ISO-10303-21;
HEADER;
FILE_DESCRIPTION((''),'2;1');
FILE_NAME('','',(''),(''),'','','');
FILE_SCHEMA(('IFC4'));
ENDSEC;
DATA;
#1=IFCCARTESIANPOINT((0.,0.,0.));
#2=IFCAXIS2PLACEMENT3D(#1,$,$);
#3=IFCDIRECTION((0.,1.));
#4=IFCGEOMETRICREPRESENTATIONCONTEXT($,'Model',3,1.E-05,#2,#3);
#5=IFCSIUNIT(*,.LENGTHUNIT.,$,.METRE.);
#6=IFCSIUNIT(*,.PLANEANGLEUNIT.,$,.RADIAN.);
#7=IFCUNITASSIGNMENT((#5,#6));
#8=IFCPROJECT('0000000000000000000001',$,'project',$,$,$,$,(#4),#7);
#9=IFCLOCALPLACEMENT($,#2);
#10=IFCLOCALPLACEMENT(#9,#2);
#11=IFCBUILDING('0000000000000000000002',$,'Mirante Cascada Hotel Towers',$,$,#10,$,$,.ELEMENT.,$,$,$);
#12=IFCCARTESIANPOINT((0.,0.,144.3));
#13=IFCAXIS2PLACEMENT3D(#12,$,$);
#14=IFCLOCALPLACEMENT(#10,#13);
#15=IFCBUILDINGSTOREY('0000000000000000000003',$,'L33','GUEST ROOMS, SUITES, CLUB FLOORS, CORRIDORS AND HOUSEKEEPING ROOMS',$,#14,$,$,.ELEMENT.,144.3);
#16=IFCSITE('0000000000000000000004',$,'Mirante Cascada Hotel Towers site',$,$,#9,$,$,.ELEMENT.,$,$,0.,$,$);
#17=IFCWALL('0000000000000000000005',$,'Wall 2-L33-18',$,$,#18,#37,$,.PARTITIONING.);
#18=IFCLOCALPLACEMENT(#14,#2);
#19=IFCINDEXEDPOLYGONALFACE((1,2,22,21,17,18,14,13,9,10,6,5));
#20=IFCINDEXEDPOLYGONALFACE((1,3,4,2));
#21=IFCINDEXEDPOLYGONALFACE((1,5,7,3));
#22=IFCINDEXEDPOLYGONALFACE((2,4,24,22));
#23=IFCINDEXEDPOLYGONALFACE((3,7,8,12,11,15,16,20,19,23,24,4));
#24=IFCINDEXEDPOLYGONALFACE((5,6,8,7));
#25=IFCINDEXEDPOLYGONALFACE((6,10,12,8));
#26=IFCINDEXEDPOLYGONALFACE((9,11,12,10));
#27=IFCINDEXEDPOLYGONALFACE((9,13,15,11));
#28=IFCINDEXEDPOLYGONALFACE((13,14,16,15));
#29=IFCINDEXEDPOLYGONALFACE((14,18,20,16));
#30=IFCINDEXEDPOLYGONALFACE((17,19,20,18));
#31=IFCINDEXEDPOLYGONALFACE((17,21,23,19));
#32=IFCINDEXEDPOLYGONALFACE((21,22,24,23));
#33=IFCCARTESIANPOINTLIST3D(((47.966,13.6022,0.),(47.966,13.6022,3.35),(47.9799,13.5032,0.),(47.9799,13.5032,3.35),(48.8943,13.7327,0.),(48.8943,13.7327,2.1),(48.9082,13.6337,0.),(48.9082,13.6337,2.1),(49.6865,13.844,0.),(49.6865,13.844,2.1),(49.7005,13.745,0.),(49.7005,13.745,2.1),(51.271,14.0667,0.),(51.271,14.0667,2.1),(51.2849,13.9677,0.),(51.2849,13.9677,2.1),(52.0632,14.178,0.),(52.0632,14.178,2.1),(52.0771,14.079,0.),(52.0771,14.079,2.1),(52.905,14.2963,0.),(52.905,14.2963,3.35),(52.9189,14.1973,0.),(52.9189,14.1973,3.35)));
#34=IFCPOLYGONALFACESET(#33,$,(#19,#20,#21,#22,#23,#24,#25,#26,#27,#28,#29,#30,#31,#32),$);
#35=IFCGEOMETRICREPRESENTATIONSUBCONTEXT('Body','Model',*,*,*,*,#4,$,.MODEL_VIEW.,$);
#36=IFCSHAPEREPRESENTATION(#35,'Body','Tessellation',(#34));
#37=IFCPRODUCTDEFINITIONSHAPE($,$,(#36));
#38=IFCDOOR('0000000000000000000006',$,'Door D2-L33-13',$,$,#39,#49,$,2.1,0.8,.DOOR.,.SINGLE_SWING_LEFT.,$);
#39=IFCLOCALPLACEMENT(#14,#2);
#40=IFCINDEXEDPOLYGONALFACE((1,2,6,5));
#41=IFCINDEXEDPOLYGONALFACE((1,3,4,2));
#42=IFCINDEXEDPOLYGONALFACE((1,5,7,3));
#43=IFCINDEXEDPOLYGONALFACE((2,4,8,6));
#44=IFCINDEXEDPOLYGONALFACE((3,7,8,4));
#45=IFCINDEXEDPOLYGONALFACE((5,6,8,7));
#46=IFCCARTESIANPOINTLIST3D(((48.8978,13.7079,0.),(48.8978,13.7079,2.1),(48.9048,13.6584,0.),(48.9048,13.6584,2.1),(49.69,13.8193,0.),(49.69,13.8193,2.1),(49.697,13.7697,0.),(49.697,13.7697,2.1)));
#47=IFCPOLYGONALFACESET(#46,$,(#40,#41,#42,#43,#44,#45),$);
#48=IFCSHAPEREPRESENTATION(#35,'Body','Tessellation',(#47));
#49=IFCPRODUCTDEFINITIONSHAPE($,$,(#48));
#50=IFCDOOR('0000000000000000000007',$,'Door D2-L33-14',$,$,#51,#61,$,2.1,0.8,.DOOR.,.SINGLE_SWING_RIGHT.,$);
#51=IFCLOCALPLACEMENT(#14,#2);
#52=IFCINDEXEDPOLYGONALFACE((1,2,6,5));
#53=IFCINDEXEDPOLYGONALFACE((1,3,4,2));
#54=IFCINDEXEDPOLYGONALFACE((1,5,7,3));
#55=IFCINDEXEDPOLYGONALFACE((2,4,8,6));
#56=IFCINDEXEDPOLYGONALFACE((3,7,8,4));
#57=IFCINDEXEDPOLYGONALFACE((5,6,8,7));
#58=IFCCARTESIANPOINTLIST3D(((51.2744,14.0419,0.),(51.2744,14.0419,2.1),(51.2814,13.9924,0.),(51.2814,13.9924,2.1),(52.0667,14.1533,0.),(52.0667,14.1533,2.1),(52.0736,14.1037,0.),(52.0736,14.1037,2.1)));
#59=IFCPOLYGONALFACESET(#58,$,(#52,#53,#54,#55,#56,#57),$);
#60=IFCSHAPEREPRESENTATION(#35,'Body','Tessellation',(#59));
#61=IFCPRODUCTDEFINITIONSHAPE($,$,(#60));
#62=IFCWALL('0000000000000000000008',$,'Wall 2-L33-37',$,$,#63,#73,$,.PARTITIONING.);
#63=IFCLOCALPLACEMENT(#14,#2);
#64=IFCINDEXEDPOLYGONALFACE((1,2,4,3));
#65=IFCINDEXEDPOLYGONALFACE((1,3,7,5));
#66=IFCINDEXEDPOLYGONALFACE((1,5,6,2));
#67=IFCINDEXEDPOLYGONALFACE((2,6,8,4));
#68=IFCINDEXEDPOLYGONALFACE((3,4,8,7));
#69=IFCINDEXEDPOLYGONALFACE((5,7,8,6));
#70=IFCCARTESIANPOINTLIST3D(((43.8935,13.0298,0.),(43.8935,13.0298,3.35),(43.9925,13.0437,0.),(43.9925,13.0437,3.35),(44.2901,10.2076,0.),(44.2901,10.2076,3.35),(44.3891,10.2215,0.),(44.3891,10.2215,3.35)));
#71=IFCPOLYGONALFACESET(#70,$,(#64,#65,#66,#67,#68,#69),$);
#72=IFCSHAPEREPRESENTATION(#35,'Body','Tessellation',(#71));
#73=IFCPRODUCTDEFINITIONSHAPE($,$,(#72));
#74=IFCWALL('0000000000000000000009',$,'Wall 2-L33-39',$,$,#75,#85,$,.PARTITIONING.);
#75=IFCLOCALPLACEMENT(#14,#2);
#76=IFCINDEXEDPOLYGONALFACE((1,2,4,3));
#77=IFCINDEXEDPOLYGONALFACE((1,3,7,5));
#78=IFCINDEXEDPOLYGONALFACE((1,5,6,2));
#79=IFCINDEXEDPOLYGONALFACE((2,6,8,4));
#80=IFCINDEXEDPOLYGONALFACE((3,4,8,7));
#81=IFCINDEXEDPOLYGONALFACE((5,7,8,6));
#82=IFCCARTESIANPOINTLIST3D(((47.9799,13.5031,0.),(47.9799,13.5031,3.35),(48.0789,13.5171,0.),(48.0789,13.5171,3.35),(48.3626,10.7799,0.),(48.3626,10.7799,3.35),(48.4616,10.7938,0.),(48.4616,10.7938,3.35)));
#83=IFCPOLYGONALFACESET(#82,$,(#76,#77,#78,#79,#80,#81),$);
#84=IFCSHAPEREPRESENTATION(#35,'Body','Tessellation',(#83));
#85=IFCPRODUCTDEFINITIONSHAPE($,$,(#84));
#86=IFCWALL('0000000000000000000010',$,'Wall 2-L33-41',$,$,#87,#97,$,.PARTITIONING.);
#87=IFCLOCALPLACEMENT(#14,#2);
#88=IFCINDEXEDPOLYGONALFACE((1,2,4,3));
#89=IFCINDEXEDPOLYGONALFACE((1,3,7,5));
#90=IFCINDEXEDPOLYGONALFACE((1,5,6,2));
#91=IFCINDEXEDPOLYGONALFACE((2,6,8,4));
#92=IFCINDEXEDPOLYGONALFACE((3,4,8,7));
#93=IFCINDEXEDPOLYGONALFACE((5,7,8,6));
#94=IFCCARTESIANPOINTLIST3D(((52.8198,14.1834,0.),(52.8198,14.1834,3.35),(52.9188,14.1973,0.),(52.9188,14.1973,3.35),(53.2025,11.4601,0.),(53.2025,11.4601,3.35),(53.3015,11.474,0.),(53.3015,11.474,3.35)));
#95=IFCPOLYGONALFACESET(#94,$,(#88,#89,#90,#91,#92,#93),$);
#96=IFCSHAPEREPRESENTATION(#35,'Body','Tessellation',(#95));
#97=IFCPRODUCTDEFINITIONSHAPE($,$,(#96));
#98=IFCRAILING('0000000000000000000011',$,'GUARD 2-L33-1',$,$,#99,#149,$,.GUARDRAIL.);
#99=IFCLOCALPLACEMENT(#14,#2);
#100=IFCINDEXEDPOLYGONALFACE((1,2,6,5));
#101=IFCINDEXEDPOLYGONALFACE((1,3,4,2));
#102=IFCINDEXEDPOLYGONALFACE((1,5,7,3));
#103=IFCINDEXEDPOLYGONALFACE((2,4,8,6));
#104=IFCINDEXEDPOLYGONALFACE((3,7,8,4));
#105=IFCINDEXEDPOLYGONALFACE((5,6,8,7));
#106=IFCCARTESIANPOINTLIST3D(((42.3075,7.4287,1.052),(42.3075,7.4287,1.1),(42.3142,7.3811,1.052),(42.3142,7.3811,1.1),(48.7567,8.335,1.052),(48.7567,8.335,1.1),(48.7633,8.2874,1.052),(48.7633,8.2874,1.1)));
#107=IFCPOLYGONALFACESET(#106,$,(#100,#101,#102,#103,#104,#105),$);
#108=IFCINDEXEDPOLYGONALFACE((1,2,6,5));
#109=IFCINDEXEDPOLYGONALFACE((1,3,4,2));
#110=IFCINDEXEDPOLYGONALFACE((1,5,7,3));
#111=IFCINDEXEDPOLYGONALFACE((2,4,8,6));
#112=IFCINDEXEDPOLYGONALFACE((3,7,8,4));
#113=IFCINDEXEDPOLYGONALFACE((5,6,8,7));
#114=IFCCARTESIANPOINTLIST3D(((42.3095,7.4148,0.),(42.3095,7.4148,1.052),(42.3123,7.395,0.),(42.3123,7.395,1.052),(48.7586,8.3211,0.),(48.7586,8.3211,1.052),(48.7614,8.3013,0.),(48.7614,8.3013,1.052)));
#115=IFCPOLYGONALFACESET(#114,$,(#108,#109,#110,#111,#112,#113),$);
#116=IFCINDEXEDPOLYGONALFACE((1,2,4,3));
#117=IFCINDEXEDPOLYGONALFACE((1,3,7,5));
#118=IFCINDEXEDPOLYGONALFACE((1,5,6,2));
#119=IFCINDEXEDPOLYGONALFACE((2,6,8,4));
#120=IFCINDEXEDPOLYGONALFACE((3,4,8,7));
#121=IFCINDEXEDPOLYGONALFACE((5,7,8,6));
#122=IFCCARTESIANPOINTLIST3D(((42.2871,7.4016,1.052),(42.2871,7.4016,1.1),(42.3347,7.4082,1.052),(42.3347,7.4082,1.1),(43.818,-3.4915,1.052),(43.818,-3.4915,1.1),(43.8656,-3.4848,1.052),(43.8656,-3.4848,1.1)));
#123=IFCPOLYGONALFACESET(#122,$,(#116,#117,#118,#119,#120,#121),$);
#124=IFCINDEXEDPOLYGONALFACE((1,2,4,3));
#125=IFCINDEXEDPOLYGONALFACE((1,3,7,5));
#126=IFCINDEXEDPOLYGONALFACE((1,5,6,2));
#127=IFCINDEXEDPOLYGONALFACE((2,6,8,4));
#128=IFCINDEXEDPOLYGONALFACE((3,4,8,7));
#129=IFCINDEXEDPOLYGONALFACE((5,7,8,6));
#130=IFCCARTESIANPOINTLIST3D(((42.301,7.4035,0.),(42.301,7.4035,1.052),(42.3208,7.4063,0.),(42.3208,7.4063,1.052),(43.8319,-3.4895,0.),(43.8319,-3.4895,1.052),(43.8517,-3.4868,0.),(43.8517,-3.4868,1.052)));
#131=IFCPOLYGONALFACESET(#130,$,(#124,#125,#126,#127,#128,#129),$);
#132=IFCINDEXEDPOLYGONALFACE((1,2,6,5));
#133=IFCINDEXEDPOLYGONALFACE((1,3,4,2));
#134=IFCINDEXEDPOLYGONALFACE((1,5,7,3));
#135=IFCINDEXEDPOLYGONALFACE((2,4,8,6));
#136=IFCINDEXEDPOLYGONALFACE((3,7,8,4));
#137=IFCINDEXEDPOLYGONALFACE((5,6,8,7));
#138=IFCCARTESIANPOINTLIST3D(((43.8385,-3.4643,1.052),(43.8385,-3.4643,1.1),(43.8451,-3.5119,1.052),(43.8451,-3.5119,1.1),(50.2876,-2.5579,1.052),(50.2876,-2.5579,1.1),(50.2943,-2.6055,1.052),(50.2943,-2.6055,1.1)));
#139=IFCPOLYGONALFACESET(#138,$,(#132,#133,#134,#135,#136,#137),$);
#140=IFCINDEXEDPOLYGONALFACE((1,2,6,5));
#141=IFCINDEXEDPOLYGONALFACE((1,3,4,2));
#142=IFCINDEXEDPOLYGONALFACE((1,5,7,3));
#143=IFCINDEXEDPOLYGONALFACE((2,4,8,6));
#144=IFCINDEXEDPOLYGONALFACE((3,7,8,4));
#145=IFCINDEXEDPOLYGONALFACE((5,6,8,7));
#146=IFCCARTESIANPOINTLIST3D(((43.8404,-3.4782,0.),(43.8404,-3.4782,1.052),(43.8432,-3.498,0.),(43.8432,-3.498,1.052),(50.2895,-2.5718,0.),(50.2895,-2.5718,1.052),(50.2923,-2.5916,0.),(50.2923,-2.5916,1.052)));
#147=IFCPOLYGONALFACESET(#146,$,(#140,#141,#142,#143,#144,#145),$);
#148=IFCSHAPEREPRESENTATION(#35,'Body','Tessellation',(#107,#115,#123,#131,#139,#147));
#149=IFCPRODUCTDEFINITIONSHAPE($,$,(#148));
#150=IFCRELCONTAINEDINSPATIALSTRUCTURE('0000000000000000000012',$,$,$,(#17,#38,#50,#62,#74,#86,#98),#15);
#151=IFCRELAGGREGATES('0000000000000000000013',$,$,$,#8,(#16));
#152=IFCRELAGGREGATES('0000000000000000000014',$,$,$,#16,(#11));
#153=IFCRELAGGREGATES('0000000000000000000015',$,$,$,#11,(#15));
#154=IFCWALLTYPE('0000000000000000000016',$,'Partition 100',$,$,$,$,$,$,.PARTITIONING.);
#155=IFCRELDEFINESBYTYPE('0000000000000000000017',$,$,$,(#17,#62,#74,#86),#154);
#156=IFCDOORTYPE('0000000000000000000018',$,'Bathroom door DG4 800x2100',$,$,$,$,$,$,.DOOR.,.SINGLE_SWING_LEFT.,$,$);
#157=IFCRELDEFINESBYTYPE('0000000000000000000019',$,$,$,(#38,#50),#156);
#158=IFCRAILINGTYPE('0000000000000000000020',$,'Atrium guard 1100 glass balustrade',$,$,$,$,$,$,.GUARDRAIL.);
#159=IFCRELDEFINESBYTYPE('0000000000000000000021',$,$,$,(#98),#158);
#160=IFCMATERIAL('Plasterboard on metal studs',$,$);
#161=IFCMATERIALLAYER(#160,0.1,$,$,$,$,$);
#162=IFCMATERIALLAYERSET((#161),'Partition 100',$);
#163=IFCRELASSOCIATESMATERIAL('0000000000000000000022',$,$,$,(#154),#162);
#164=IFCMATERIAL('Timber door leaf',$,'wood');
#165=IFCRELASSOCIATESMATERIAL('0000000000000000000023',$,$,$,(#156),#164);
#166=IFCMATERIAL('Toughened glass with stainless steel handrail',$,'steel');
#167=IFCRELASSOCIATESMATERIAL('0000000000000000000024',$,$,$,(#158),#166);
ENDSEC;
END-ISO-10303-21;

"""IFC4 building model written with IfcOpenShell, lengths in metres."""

from ifc_helpers import new_model, si_unit, direction, frame, frame_2d, origin, origin_2d, place, context, subcontext, project, spatial, rectangle, extrude, material, layer, layer_set, type_object, element, fill, save


model = new_model("IFC4")

# Units and contexts
model_context = context("Model", 3, precision=1e-05, world=origin(), true_north=direction((0.0, 1.0)))
body_context = subcontext(model_context, "Body", "Model", "MODEL_VIEW")
ifc_project = project(units=[si_unit("LENGTHUNIT", "METRE"), si_unit("PLANEANGLEUNIT", "RADIAN")], contexts=[model_context])

# Site, building, storey
site_placement = place(None, origin())
site = spatial("IfcSite", under=ifc_project, at=site_placement, Name="Mirante Cascada Hotel Towers site", CompositionType="ELEMENT", RefElevation=0.0)
building_placement = place(site_placement, origin())
building = spatial("IfcBuilding", under=site, at=building_placement, Name="Mirante Cascada Hotel Towers", CompositionType="ELEMENT")
storey_placement = place(building_placement, frame((0.0, 0.0, 144.3)))
storey = spatial("IfcBuildingStorey", under=building, at=storey_placement, Name="L33", Description="GUEST ROOMS, SUITES, CLUB FLOORS, CORRIDORS AND HOUSEKEEPING ROOMS", CompositionType="ELEMENT", Elevation=144.3)

# Shared definitions
ifc_material_1 = material(Name="Plasterboard on metal studs")
ifc_layer_1 = layer(ifc_material_1, 0.1)
ifc_layer_set_1 = layer_set([ifc_layer_1], Name="Partition 100")
wall_type_1 = type_object("IfcWallType", Name="Partition 100", PredefinedType="PARTITIONING", material=ifc_layer_set_1)

# Shared definitions
ifc_material_2 = material(Name="Timber door leaf", Category="wood")
door_type_1 = type_object("IfcDoorType", Name="Bathroom door DG4 800x2100", OperationType="SINGLE_SWING_LEFT", PredefinedType="DOOR", material=ifc_material_2)

# Wall, openings, doors
wall_1_placement = place(storey_placement, frame((47.9729, 13.5527, 0.0), z_axis=(0.0, 0.0, 1.0), x_axis=(0.990269, 0.139167, 0.0)))
wall_1 = element("IfcWall", 1, at=wall_1_placement, inside=storey, type_object=wall_type_1, Name="Wall 2-L33-18", PredefinedType="PARTITIONING", context=body_context, shape_type="SweptSolid", body=[
    extrude(rectangle(XDim=4.9875, YDim=0.1, at=frame_2d((2.4938, 0.0))), origin(), (0.0, 0.0, 1.0), 3.35),
])
opening_1_placement = place(wall_1_placement, frame((0.9375, 0.0, 0.0)))
opening_1 = element("IfcOpeningElement", 2, at=opening_1_placement, cuts=wall_1, PredefinedType="OPENING", context=body_context, shape_type="SweptSolid", body=[
    extrude(rectangle(XDim=0.8, YDim=2.1, at=frame_2d((0.4, 1.05))), frame((0.0, 0.05, 0.0), z_axis=(0.0, -1.0, 0.0), x_axis=(1.0, 0.0, 0.0)), (0.0, 0.0, 1.0), 0.1),
])
opening_2_placement = place(wall_1_placement, frame((3.3375, 0.0, 0.0)))
opening_2 = element("IfcOpeningElement", 3, at=opening_2_placement, cuts=wall_1, PredefinedType="OPENING", context=body_context, shape_type="SweptSolid", body=[
    extrude(rectangle(XDim=0.8, YDim=2.1, at=frame_2d((0.4, 1.05))), frame((0.0, 0.05, 0.0), z_axis=(0.0, -1.0, 0.0), x_axis=(1.0, 0.0, 0.0)), (0.0, 0.0, 1.0), 0.1),
])
door_1_placement = place(opening_1_placement, origin())
door_1 = element("IfcDoor", 4, at=door_1_placement, inside=storey, type_object=door_type_1, Name="Door D2-L33-13", OperationType="SINGLE_SWING_LEFT", OverallHeight=2.1, OverallWidth=0.8, PredefinedType="DOOR", context=body_context, shape_type="SweptSolid", body=[
    extrude(rectangle(XDim=0.8, YDim=2.1, at=frame_2d((0.4, 1.05))), frame((0.0, 0.025, 0.0), z_axis=(0.0, -1.0, 0.0), x_axis=(1.0, 0.0, 0.0)), (0.0, 0.0, 1.0), 0.05),
])
fill(opening_1, door_1)
door_2_placement = place(opening_2_placement, frame((0.8, 0.0, 0.0), z_axis=(0.0, 0.0, 1.0), x_axis=(-1.0, 0.0, 0.0)))
door_2 = element("IfcDoor", 5, at=door_2_placement, inside=storey, type_object=door_type_1, Name="Door D2-L33-14", OperationType="SINGLE_SWING_RIGHT", OverallHeight=2.1, OverallWidth=0.8, PredefinedType="DOOR", context=body_context, shape_type="SweptSolid", body=[
    extrude(rectangle(XDim=0.8, YDim=2.1, at=frame_2d((0.4, 1.05))), frame((0.0, 0.025, 0.0), z_axis=(0.0, -1.0, 0.0), x_axis=(1.0, 0.0, 0.0)), (0.0, 0.0, 1.0), 0.05),
])
fill(opening_2, door_2)

# Walls
wall_2_placement = place(storey_placement, frame((43.943, 13.0368, 0.0), z_axis=(0.0, 0.0, 1.0), x_axis=(0.139161, -0.99027, 0.0)))
element("IfcWall", 6, at=wall_2_placement, inside=storey, type_object=wall_type_1, Name="Wall 2-L33-37", PredefinedType="PARTITIONING", context=body_context, shape_type="SweptSolid", body=[
    extrude(rectangle(XDim=2.8499, YDim=0.1, at=frame_2d((1.425, 0.0))), origin(), (0.0, 0.0, 1.0), 3.35),
])
wall_3_placement = place(storey_placement, frame((48.0294, 13.5101, 0.0), z_axis=(0.0, 0.0, 1.0), x_axis=(0.139166, -0.990269, 0.0)))
element("IfcWall", 7, at=wall_3_placement, inside=storey, type_object=wall_type_1, Name="Wall 2-L33-39", PredefinedType="PARTITIONING", context=body_context, shape_type="SweptSolid", body=[
    extrude(rectangle(XDim=2.75, YDim=0.1, at=frame_2d((1.375, 0.0))), origin(), (0.0, 0.0, 1.0), 3.35),
])
wall_4_placement = place(storey_placement, frame((52.8693, 14.1904, 0.0), z_axis=(0.0, 0.0, 1.0), x_axis=(0.139161, -0.99027, 0.0)))
element("IfcWall", 8, at=wall_4_placement, inside=storey, type_object=wall_type_1, Name="Wall 2-L33-41", PredefinedType="PARTITIONING", context=body_context, shape_type="SweptSolid", body=[
    extrude(rectangle(XDim=2.7501, YDim=0.1, at=frame_2d((1.3751, 0.0))), origin(), (0.0, 0.0, 1.0), 3.35),
])

# Railing
ifc_material_3 = material(Name="Toughened glass with stainless steel handrail", Category="steel")
railing_type = type_object("IfcRailingType", Name="Atrium guard 1100 glass balustrade", PredefinedType="GUARDRAIL", material=ifc_material_3)
railing_1_placement = place(storey_placement, frame((48.76, 8.3112, 0.0)))
element("IfcRailing", 9, at=railing_1_placement, inside=storey, type_object=railing_type, Name="GUARD 2-L33-1", PredefinedType="GUARDRAIL", context=body_context, shape_type="SweptSolid", body=[
    extrude(rectangle(XDim=0.048, YDim=0.048, at=origin_2d()), frame((0.0, 0.0, 1.076), z_axis=(-0.990269, -0.139164, 0.0), x_axis=(0.139164, -0.990269, 0.0)), (0.0, 0.0, 1.0), 6.5125),
    extrude(rectangle(XDim=0.02, YDim=1.052, at=origin_2d()), frame((0.0, 0.0, 0.526), z_axis=(-0.990269, -0.139164, 0.0), x_axis=(0.139164, -0.990269, 0.0)), (0.0, 0.0, 1.0), 6.5125),
    extrude(rectangle(XDim=0.048, YDim=0.048, at=origin_2d()), frame((-6.4491, -0.9063, 1.076), z_axis=(0.139172, -0.990268, 0.0), x_axis=(0.990268, 0.139172, 0.0)), (0.0, 0.0, 1.0), 11.0001),
    extrude(rectangle(XDim=0.02, YDim=1.052, at=origin_2d()), frame((-6.4491, -0.9063, 0.526), z_axis=(0.139172, -0.990268, 0.0), x_axis=(0.990268, 0.139172, 0.0)), (0.0, 0.0, 1.0), 11.0001),
    extrude(rectangle(XDim=0.048, YDim=0.048, at=origin_2d()), frame((-4.9182, -11.7993, 1.076), z_axis=(0.990267, 0.139179, 0.0), x_axis=(-0.139179, 0.990267, 0.0)), (0.0, 0.0, 1.0), 6.5125),
    extrude(rectangle(XDim=0.02, YDim=1.052, at=origin_2d()), frame((-4.9182, -11.7993, 0.526), z_axis=(0.990267, 0.139179, 0.0), x_axis=(-0.139179, 0.990267, 0.0)), (0.0, 0.0, 1.0), 6.5125),
])

save(model, "model.ifc")
